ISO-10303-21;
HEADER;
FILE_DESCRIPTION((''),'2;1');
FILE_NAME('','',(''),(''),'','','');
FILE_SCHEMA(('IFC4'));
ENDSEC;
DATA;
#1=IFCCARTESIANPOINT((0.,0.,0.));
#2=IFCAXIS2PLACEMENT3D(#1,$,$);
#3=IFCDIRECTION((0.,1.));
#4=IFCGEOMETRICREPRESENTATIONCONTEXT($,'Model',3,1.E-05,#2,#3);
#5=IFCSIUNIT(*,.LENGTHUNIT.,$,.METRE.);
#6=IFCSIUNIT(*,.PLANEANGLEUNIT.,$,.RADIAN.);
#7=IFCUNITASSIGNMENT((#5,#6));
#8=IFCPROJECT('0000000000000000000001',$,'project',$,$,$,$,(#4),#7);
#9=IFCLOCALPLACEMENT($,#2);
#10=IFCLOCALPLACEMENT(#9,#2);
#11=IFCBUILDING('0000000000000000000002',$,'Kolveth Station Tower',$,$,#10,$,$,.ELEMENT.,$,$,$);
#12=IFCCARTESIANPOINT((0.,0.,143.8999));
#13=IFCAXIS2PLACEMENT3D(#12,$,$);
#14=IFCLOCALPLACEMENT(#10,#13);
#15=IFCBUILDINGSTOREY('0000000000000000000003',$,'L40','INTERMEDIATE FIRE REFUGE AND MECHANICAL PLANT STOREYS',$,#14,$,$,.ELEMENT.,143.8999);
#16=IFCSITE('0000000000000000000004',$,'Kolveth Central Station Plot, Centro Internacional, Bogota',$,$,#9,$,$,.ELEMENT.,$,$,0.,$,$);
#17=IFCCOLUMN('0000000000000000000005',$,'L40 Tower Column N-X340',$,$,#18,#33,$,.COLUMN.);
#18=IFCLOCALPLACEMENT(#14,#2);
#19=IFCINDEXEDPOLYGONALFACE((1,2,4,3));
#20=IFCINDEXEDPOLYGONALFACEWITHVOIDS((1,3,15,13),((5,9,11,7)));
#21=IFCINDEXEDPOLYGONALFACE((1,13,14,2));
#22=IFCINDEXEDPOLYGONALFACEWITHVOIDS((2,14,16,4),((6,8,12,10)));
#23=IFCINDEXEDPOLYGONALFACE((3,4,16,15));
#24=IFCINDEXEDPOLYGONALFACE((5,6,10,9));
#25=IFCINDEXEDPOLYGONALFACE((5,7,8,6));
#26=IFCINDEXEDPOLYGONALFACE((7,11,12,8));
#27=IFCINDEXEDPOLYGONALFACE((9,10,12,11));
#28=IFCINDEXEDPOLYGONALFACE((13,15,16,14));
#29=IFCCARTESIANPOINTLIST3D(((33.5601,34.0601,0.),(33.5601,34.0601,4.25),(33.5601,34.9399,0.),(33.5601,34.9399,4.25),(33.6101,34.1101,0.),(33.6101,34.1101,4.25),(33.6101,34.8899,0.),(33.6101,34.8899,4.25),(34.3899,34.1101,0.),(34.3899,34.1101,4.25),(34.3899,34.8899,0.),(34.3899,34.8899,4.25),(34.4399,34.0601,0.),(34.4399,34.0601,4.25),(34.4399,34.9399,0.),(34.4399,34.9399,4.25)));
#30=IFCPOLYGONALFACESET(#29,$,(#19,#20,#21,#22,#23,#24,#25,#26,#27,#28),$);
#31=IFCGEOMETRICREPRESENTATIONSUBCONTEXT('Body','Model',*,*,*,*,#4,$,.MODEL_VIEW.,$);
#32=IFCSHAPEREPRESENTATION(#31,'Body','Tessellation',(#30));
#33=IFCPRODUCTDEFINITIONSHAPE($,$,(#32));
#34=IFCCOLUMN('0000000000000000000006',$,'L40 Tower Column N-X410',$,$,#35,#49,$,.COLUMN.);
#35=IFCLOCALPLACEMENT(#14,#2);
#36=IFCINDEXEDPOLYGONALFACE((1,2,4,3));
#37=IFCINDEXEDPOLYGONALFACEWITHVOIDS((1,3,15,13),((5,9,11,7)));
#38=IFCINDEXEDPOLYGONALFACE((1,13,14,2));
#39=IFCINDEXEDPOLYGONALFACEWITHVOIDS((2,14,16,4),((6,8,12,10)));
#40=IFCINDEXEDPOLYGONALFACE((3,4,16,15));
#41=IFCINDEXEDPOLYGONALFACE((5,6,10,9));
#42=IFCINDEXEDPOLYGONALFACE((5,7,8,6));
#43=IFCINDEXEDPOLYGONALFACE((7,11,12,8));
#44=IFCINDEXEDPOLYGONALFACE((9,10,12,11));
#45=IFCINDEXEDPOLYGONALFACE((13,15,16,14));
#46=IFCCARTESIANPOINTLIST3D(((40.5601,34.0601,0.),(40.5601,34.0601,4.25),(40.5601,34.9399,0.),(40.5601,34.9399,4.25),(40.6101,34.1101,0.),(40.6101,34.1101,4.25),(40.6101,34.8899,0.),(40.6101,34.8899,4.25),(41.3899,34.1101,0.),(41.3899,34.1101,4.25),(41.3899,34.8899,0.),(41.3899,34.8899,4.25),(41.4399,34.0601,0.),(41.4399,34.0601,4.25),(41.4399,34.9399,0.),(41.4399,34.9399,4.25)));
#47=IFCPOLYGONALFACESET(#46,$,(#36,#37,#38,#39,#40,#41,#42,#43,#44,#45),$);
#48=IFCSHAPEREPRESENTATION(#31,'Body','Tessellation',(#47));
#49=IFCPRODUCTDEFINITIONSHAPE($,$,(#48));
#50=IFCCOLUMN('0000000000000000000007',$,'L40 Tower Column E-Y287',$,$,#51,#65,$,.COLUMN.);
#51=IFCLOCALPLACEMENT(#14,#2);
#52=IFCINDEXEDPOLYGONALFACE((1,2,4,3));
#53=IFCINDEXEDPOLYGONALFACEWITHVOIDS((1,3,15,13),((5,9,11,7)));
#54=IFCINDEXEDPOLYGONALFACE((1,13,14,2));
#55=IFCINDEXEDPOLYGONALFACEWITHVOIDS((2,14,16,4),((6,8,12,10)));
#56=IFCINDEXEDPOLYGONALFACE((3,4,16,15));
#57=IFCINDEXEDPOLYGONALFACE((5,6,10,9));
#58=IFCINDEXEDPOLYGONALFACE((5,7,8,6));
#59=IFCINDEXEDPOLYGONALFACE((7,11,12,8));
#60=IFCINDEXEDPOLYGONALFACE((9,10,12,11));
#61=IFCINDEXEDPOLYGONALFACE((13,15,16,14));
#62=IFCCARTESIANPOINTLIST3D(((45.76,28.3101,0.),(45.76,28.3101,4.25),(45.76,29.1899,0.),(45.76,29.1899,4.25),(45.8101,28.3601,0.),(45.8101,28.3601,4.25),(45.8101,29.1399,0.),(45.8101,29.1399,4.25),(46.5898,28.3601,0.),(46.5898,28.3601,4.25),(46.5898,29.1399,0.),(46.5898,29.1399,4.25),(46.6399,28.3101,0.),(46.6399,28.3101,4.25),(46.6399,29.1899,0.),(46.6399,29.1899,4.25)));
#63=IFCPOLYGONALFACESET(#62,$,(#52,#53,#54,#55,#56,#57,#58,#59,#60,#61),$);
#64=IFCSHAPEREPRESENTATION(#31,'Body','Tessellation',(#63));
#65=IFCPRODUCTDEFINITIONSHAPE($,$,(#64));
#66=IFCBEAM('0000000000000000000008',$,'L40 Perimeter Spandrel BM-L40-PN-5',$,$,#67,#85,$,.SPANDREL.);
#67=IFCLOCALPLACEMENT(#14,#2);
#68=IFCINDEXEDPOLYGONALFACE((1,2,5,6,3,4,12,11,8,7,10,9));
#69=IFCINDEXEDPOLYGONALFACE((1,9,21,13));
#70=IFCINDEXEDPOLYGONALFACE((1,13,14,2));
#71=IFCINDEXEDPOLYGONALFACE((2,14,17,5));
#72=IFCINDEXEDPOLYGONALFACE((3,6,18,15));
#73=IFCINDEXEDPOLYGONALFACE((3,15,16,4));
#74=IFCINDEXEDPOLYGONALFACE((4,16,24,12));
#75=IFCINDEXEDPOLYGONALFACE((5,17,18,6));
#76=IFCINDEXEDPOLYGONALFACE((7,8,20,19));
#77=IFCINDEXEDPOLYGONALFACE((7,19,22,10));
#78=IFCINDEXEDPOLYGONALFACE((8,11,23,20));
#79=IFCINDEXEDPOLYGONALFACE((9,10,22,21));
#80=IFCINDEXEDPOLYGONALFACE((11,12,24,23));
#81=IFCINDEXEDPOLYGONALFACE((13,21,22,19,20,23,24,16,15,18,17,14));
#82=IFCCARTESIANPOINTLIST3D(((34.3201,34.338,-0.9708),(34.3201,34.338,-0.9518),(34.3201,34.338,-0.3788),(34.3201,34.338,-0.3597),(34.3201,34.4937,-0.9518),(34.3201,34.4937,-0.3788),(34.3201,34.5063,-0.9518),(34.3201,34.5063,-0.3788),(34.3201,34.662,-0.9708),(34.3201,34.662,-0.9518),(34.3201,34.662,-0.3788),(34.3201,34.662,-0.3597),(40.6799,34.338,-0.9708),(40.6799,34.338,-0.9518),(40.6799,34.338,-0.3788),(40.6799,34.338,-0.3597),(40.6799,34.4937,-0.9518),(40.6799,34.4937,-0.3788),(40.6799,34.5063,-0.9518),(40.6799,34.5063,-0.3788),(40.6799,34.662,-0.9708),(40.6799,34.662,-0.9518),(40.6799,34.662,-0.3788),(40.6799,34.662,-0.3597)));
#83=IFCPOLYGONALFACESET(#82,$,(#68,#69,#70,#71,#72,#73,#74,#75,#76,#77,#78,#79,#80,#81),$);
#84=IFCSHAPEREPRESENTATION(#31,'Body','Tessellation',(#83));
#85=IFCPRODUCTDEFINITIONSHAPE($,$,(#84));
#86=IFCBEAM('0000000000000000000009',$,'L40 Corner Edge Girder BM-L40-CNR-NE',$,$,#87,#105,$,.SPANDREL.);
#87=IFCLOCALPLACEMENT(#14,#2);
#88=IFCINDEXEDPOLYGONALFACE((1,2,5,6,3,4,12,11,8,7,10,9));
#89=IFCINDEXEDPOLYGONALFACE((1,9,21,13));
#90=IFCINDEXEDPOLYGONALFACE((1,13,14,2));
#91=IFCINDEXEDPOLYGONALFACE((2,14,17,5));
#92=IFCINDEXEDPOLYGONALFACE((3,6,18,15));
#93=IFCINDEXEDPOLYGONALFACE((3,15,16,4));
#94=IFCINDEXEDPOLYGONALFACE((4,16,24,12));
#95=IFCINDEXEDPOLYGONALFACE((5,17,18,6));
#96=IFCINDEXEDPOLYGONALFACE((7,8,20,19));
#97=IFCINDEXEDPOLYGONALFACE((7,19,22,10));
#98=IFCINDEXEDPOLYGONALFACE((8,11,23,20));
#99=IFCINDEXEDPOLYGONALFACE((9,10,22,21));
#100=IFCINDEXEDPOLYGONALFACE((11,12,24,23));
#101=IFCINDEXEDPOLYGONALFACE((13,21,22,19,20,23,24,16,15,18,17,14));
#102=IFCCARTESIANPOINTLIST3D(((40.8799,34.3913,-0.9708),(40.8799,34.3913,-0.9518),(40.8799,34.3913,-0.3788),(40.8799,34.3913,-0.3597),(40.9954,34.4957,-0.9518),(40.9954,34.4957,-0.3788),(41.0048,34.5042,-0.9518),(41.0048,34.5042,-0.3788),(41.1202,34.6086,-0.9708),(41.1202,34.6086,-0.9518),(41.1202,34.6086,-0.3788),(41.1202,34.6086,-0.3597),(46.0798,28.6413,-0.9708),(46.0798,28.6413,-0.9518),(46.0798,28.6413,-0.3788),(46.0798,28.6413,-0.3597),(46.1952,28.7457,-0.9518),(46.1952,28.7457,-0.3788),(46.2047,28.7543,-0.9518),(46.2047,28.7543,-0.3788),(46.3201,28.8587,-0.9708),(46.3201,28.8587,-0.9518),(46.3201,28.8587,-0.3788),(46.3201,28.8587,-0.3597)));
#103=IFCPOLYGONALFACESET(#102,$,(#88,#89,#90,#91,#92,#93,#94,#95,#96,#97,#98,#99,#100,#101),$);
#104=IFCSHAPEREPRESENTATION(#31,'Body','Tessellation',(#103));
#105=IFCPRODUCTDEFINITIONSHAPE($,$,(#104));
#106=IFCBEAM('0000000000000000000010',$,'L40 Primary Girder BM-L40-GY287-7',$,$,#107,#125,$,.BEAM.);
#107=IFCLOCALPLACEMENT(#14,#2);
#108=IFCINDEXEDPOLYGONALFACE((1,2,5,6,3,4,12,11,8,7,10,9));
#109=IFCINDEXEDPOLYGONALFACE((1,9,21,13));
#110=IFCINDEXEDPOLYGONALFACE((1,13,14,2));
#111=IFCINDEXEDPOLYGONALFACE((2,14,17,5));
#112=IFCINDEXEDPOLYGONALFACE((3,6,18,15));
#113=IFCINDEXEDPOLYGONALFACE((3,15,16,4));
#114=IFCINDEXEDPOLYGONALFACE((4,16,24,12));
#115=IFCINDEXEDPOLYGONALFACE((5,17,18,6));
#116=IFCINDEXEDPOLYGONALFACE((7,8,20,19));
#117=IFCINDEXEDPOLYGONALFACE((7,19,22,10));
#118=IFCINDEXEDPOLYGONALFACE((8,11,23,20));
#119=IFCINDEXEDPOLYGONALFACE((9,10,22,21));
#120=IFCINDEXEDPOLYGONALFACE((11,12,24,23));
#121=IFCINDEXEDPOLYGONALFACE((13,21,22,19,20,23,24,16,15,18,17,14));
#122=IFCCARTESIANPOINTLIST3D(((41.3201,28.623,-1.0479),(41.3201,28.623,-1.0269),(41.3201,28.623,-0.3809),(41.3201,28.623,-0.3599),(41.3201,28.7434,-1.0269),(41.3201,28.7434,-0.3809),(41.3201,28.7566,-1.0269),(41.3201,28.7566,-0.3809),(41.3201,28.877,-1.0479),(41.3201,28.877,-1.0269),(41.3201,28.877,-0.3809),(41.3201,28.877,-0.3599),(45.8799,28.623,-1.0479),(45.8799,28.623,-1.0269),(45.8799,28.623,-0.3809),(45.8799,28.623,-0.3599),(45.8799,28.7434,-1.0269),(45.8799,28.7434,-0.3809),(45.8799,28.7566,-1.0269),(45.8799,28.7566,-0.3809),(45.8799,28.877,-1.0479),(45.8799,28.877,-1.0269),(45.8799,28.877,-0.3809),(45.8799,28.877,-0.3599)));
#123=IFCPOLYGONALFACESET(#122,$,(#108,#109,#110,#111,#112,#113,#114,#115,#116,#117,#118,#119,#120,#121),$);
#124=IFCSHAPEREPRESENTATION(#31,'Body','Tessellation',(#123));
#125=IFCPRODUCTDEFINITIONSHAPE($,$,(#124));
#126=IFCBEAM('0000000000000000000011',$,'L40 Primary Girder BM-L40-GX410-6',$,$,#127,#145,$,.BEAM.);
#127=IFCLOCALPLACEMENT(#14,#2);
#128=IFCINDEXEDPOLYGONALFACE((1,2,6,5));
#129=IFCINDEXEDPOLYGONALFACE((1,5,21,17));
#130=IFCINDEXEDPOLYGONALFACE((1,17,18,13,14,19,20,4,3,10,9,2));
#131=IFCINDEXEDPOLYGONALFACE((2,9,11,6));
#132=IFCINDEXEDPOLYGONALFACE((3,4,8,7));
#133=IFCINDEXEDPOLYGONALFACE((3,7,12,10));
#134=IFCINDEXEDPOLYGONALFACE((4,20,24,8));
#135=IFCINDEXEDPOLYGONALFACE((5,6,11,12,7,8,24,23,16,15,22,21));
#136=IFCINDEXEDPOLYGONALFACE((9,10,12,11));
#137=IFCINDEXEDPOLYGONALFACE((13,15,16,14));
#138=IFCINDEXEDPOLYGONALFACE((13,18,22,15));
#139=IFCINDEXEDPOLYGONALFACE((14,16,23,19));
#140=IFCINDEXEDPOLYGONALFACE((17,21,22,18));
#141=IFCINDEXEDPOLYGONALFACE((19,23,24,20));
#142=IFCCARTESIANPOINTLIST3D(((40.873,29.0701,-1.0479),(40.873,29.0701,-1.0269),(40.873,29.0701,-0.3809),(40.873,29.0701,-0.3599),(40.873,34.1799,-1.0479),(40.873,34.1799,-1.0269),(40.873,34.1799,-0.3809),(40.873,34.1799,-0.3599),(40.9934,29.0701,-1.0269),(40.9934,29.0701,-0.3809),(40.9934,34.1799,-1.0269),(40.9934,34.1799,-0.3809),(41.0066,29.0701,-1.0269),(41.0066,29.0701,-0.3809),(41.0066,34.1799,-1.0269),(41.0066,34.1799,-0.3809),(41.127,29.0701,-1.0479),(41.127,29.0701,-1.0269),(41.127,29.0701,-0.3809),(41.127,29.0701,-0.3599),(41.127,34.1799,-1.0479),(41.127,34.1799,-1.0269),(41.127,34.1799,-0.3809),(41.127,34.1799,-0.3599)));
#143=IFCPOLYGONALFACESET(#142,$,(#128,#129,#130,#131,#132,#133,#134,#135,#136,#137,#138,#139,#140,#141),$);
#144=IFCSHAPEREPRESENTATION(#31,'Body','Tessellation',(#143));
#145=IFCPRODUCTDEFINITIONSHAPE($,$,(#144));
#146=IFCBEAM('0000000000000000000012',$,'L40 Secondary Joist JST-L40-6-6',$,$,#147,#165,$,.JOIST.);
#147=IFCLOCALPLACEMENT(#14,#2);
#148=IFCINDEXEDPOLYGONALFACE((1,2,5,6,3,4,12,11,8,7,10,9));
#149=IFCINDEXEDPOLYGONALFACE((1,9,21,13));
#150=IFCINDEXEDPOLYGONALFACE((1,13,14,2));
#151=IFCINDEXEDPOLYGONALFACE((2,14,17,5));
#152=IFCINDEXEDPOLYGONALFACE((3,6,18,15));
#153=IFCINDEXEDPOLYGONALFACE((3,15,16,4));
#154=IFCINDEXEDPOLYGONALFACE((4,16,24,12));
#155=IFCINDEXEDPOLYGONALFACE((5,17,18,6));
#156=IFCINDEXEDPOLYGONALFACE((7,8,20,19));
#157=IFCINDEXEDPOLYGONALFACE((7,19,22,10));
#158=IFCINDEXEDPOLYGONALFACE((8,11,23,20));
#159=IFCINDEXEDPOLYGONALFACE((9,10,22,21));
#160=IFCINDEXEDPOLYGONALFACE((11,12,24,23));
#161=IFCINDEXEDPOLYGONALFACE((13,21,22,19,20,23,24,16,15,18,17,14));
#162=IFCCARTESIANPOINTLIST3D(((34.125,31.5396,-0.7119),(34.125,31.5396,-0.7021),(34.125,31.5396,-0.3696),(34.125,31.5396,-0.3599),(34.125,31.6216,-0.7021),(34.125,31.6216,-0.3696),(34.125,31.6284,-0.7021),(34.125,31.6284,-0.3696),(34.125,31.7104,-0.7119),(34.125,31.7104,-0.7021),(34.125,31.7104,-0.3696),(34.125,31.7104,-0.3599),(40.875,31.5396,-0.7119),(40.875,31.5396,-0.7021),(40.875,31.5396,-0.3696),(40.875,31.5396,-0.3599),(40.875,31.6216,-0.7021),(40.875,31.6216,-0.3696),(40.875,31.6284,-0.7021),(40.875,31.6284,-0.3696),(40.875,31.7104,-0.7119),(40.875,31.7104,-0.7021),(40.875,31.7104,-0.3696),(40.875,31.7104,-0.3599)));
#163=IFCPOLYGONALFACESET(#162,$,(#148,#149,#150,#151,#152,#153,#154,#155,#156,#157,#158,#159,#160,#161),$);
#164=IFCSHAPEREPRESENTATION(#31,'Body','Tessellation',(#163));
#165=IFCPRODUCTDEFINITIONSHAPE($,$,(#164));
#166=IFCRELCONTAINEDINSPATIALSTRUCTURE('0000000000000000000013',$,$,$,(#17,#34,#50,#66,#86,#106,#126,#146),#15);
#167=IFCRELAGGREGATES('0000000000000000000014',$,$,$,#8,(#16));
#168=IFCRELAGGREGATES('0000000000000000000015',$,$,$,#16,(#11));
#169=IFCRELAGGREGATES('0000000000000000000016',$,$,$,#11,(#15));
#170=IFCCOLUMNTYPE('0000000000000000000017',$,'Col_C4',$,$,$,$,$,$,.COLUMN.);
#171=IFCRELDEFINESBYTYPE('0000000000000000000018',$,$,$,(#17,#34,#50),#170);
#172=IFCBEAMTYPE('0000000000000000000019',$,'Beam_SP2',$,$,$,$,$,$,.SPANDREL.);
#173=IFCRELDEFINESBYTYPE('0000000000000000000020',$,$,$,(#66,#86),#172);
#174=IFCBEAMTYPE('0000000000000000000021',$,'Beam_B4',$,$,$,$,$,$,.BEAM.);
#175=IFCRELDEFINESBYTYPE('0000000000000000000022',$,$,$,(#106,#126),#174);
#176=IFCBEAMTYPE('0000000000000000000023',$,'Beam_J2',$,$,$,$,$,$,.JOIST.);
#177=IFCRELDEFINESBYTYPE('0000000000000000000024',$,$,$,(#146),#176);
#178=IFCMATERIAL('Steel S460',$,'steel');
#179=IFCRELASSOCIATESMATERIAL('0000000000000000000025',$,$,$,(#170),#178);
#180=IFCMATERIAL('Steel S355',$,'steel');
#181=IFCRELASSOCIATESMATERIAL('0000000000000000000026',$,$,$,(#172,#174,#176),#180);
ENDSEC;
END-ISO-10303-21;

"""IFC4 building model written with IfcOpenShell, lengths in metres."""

from ifc_helpers import new_model, si_unit, direction, frame, origin, origin_2d, place, context, subcontext, project, spatial, hollow_rectangle, i_section, extrude, source, transform, mapped, material, material_profile, profile_set, type_object, element, save


model = new_model("IFC4")

# Units and contexts
model_context = context("Model", 3, precision=1e-05, world=origin(), true_north=direction((0.0, 1.0)))
body_context = subcontext(model_context, "Body", "Model", "MODEL_VIEW")
ifc_project = project(units=[si_unit("LENGTHUNIT", "METRE"), si_unit("PLANEANGLEUNIT", "RADIAN")], contexts=[model_context])

# Site, building, storey
site_placement = place(None, origin())
site = spatial("IfcSite", under=ifc_project, at=site_placement, Name="Kolveth Central Station Plot, Centro Internacional, Bogota", CompositionType="ELEMENT", RefElevation=0.0)
building_placement = place(site_placement, origin())
building = spatial("IfcBuilding", under=site, at=building_placement, Name="Kolveth Station Tower", CompositionType="ELEMENT")
storey_placement = place(building_placement, frame((0.0, 0.0, 143.8999)))
storey = spatial("IfcBuildingStorey", under=building, at=storey_placement, Name="L40", Description="INTERMEDIATE FIRE REFUGE AND MECHANICAL PLANT STOREYS", CompositionType="ELEMENT", Elevation=143.8999)

# Columns
ifc_material_1 = material(Name="Steel S460", Category="steel")
ifc_material_profile_1 = material_profile(ifc_material_1, hollow_rectangle(XDim=0.8799, YDim=0.8799, WallThickness=0.05, at=origin_2d()), Name="BOX880x880x50")
ifc_profile_set_1 = profile_set([ifc_material_profile_1], Name="Steel S460")
column_type = type_object("IfcColumnType", Name="Col_C4", PredefinedType="COLUMN", material=ifc_profile_set_1)
shared_shape_1 = source(origin(), body_context, "Body", "SweptSolid", [
    extrude(hollow_rectangle(XDim=0.8799, YDim=0.8799, WallThickness=0.05, at=origin_2d()), origin(), (0.0, 0.0, 1.0), 4.25),
])
for number, where, z_axis, x_axis, name in (
    (1, (34.0, 34.5, 0.0), (0.0, 0.0, 1.0), (1.0, 0.0, 0.0), "L40 Tower Column N-X340"),
    (2, (41.0, 34.5, 0.0), (0.0, 0.0, 1.0), (1.0, 0.0, 0.0), "L40 Tower Column N-X410"),
    (3, (46.2, 28.75, 0.0), (0.0, 0.0, 1.0), (1.0, 0.0, 0.0), "L40 Tower Column E-Y287"),
):
    element("IfcColumn", number, at=place(storey_placement, frame(where, z_axis=z_axis, x_axis=x_axis)), inside=storey, type_object=column_type, Name=name, PredefinedType="COLUMN", context=body_context, shape_type="MappedRepresentation", body=[
        mapped(shared_shape_1, transform((0.0, 0.0, 0.0), x_axis=(1.0, 0.0, 0.0), y_axis=(0.0, 1.0, 0.0), z_axis=(0.0, 0.0, 1.0), scale=1.0)),
    ])

# Beams
ifc_material_2 = material(Name="Steel S355", Category="steel")
ifc_material_profile_2 = material_profile(ifc_material_2, i_section(OverallWidth=0.324, OverallDepth=0.6111, WebThickness=0.0127, FlangeThickness=0.019, at=origin_2d()), Name="W610x155")
ifc_profile_set_2 = profile_set([ifc_material_profile_2], Name="Steel S355")
beam_type_1 = type_object("IfcBeamType", Name="Beam_SP2", PredefinedType="SPANDREL", material=ifc_profile_set_2)
shared_shape_2 = source(origin(), body_context, "Body", "SweptSolid", [
    extrude(i_section(OverallWidth=0.324, OverallDepth=0.6111, WebThickness=0.0127, FlangeThickness=0.019, at=origin_2d()), origin(), (0.0, 0.0, 1.0), 6.3599),
])
beam_1_placement = place(storey_placement, frame((34.3201, 34.5, -0.6653), z_axis=(1.0, 0.0, 0.0), x_axis=(0.0, 1.0, 0.0)))
element("IfcBeam", 4, at=beam_1_placement, inside=storey, type_object=beam_type_1, Name="L40 Perimeter Spandrel BM-L40-PN-5", PredefinedType="SPANDREL", context=body_context, shape_type="MappedRepresentation", body=[
    mapped(shared_shape_2, transform((0.0, 0.0, 0.0), x_axis=(1.0, 0.0, 0.0), y_axis=(0.0, 1.0, 0.0), z_axis=(0.0, 0.0, 1.0), scale=1.0)),
])
shared_shape_3 = source(origin(), body_context, "Body", "SweptSolid", [
    extrude(i_section(OverallWidth=0.324, OverallDepth=0.6111, WebThickness=0.0127, FlangeThickness=0.019, at=origin_2d()), origin(), (0.0, 0.0, 1.0), 7.7524),
])
beam_2_placement = place(storey_placement, frame((46.2, 28.75, -0.6653), z_axis=(-0.670741, 0.741692, 0.0), x_axis=(-0.741692, -0.670741, 0.0)))
element("IfcBeam", 5, at=beam_2_placement, inside=storey, type_object=beam_type_1, Name="L40 Corner Edge Girder BM-L40-CNR-NE", PredefinedType="SPANDREL", context=body_context, shape_type="MappedRepresentation", body=[
    mapped(shared_shape_3, transform((0.0, 0.0, 0.0), x_axis=(1.0, 0.0, 0.0), y_axis=(0.0, 1.0, 0.0), z_axis=(0.0, 0.0, 1.0), scale=1.0)),
])
ifc_material_profile_3 = material_profile(ifc_material_2, i_section(OverallWidth=0.2539, OverallDepth=0.688, WebThickness=0.0132, FlangeThickness=0.021, at=origin_2d()), Name="W690x152")
ifc_profile_set_3 = profile_set([ifc_material_profile_3], Name="Steel S355")
beam_type_2 = type_object("IfcBeamType", Name="Beam_B4", PredefinedType="BEAM", material=ifc_profile_set_3)
shared_shape_4 = source(origin(), body_context, "Body", "SweptSolid", [
    extrude(i_section(OverallWidth=0.2539, OverallDepth=0.688, WebThickness=0.0132, FlangeThickness=0.021, at=origin_2d()), origin(), (0.0, 0.0, 1.0), 4.5598),
])
beam_3_placement = place(storey_placement, frame((41.3201, 28.75, -0.7039), z_axis=(1.0, 0.0, 0.0), x_axis=(0.0, 1.0, 0.0)))
element("IfcBeam", 6, at=beam_3_placement, inside=storey, type_object=beam_type_2, Name="L40 Primary Girder BM-L40-GY287-7", PredefinedType="BEAM", context=body_context, shape_type="MappedRepresentation", body=[
    mapped(shared_shape_4, transform((0.0, 0.0, 0.0), x_axis=(1.0, 0.0, 0.0), y_axis=(0.0, 1.0, 0.0), z_axis=(0.0, 0.0, 1.0), scale=1.0)),
])
shared_shape_5 = source(origin(), body_context, "Body", "SweptSolid", [
    extrude(i_section(OverallWidth=0.2539, OverallDepth=0.688, WebThickness=0.0132, FlangeThickness=0.021, at=origin_2d()), origin(), (0.0, 0.0, 1.0), 5.1099),
])
beam_4_placement = place(storey_placement, frame((41.0, 29.0701, -0.7039), z_axis=(0.0, 1.0, 0.0), x_axis=(-1.0, 0.0, 0.0)))
element("IfcBeam", 7, at=beam_4_placement, inside=storey, type_object=beam_type_2, Name="L40 Primary Girder BM-L40-GX410-6", PredefinedType="BEAM", context=body_context, shape_type="MappedRepresentation", body=[
    mapped(shared_shape_5, transform((0.0, 0.0, 0.0), x_axis=(1.0, 0.0, 0.0), y_axis=(0.0, 1.0, 0.0), z_axis=(0.0, 0.0, 1.0), scale=1.0)),
])
ifc_material_profile_4 = material_profile(ifc_material_2, i_section(OverallWidth=0.1709, OverallDepth=0.3521, WebThickness=0.0068, FlangeThickness=0.0098, at=origin_2d()), Name="W360x44")
ifc_profile_set_4 = profile_set([ifc_material_profile_4], Name="Steel S355")
beam_type_3 = type_object("IfcBeamType", Name="Beam_J2", PredefinedType="JOIST", material=ifc_profile_set_4)
shared_shape_6 = source(origin(), body_context, "Body", "SweptSolid", [
    extrude(i_section(OverallWidth=0.1709, OverallDepth=0.3521, WebThickness=0.0068, FlangeThickness=0.0098, at=origin_2d()), origin(), (0.0, 0.0, 1.0), 6.75),
])
beam_5_placement = place(storey_placement, frame((34.125, 31.625, -0.5359), z_axis=(1.0, 0.0, 0.0), x_axis=(0.0, 1.0, 0.0)))
element("IfcBeam", 8, at=beam_5_placement, inside=storey, type_object=beam_type_3, Name="L40 Secondary Joist JST-L40-6-6", PredefinedType="JOIST", context=body_context, shape_type="MappedRepresentation", body=[
    mapped(shared_shape_6, transform((0.0, 0.0, 0.0), x_axis=(1.0, 0.0, 0.0), y_axis=(0.0, 1.0, 0.0), z_axis=(0.0, 0.0, 1.0), scale=1.0)),
])

save(model, "model.ifc")
